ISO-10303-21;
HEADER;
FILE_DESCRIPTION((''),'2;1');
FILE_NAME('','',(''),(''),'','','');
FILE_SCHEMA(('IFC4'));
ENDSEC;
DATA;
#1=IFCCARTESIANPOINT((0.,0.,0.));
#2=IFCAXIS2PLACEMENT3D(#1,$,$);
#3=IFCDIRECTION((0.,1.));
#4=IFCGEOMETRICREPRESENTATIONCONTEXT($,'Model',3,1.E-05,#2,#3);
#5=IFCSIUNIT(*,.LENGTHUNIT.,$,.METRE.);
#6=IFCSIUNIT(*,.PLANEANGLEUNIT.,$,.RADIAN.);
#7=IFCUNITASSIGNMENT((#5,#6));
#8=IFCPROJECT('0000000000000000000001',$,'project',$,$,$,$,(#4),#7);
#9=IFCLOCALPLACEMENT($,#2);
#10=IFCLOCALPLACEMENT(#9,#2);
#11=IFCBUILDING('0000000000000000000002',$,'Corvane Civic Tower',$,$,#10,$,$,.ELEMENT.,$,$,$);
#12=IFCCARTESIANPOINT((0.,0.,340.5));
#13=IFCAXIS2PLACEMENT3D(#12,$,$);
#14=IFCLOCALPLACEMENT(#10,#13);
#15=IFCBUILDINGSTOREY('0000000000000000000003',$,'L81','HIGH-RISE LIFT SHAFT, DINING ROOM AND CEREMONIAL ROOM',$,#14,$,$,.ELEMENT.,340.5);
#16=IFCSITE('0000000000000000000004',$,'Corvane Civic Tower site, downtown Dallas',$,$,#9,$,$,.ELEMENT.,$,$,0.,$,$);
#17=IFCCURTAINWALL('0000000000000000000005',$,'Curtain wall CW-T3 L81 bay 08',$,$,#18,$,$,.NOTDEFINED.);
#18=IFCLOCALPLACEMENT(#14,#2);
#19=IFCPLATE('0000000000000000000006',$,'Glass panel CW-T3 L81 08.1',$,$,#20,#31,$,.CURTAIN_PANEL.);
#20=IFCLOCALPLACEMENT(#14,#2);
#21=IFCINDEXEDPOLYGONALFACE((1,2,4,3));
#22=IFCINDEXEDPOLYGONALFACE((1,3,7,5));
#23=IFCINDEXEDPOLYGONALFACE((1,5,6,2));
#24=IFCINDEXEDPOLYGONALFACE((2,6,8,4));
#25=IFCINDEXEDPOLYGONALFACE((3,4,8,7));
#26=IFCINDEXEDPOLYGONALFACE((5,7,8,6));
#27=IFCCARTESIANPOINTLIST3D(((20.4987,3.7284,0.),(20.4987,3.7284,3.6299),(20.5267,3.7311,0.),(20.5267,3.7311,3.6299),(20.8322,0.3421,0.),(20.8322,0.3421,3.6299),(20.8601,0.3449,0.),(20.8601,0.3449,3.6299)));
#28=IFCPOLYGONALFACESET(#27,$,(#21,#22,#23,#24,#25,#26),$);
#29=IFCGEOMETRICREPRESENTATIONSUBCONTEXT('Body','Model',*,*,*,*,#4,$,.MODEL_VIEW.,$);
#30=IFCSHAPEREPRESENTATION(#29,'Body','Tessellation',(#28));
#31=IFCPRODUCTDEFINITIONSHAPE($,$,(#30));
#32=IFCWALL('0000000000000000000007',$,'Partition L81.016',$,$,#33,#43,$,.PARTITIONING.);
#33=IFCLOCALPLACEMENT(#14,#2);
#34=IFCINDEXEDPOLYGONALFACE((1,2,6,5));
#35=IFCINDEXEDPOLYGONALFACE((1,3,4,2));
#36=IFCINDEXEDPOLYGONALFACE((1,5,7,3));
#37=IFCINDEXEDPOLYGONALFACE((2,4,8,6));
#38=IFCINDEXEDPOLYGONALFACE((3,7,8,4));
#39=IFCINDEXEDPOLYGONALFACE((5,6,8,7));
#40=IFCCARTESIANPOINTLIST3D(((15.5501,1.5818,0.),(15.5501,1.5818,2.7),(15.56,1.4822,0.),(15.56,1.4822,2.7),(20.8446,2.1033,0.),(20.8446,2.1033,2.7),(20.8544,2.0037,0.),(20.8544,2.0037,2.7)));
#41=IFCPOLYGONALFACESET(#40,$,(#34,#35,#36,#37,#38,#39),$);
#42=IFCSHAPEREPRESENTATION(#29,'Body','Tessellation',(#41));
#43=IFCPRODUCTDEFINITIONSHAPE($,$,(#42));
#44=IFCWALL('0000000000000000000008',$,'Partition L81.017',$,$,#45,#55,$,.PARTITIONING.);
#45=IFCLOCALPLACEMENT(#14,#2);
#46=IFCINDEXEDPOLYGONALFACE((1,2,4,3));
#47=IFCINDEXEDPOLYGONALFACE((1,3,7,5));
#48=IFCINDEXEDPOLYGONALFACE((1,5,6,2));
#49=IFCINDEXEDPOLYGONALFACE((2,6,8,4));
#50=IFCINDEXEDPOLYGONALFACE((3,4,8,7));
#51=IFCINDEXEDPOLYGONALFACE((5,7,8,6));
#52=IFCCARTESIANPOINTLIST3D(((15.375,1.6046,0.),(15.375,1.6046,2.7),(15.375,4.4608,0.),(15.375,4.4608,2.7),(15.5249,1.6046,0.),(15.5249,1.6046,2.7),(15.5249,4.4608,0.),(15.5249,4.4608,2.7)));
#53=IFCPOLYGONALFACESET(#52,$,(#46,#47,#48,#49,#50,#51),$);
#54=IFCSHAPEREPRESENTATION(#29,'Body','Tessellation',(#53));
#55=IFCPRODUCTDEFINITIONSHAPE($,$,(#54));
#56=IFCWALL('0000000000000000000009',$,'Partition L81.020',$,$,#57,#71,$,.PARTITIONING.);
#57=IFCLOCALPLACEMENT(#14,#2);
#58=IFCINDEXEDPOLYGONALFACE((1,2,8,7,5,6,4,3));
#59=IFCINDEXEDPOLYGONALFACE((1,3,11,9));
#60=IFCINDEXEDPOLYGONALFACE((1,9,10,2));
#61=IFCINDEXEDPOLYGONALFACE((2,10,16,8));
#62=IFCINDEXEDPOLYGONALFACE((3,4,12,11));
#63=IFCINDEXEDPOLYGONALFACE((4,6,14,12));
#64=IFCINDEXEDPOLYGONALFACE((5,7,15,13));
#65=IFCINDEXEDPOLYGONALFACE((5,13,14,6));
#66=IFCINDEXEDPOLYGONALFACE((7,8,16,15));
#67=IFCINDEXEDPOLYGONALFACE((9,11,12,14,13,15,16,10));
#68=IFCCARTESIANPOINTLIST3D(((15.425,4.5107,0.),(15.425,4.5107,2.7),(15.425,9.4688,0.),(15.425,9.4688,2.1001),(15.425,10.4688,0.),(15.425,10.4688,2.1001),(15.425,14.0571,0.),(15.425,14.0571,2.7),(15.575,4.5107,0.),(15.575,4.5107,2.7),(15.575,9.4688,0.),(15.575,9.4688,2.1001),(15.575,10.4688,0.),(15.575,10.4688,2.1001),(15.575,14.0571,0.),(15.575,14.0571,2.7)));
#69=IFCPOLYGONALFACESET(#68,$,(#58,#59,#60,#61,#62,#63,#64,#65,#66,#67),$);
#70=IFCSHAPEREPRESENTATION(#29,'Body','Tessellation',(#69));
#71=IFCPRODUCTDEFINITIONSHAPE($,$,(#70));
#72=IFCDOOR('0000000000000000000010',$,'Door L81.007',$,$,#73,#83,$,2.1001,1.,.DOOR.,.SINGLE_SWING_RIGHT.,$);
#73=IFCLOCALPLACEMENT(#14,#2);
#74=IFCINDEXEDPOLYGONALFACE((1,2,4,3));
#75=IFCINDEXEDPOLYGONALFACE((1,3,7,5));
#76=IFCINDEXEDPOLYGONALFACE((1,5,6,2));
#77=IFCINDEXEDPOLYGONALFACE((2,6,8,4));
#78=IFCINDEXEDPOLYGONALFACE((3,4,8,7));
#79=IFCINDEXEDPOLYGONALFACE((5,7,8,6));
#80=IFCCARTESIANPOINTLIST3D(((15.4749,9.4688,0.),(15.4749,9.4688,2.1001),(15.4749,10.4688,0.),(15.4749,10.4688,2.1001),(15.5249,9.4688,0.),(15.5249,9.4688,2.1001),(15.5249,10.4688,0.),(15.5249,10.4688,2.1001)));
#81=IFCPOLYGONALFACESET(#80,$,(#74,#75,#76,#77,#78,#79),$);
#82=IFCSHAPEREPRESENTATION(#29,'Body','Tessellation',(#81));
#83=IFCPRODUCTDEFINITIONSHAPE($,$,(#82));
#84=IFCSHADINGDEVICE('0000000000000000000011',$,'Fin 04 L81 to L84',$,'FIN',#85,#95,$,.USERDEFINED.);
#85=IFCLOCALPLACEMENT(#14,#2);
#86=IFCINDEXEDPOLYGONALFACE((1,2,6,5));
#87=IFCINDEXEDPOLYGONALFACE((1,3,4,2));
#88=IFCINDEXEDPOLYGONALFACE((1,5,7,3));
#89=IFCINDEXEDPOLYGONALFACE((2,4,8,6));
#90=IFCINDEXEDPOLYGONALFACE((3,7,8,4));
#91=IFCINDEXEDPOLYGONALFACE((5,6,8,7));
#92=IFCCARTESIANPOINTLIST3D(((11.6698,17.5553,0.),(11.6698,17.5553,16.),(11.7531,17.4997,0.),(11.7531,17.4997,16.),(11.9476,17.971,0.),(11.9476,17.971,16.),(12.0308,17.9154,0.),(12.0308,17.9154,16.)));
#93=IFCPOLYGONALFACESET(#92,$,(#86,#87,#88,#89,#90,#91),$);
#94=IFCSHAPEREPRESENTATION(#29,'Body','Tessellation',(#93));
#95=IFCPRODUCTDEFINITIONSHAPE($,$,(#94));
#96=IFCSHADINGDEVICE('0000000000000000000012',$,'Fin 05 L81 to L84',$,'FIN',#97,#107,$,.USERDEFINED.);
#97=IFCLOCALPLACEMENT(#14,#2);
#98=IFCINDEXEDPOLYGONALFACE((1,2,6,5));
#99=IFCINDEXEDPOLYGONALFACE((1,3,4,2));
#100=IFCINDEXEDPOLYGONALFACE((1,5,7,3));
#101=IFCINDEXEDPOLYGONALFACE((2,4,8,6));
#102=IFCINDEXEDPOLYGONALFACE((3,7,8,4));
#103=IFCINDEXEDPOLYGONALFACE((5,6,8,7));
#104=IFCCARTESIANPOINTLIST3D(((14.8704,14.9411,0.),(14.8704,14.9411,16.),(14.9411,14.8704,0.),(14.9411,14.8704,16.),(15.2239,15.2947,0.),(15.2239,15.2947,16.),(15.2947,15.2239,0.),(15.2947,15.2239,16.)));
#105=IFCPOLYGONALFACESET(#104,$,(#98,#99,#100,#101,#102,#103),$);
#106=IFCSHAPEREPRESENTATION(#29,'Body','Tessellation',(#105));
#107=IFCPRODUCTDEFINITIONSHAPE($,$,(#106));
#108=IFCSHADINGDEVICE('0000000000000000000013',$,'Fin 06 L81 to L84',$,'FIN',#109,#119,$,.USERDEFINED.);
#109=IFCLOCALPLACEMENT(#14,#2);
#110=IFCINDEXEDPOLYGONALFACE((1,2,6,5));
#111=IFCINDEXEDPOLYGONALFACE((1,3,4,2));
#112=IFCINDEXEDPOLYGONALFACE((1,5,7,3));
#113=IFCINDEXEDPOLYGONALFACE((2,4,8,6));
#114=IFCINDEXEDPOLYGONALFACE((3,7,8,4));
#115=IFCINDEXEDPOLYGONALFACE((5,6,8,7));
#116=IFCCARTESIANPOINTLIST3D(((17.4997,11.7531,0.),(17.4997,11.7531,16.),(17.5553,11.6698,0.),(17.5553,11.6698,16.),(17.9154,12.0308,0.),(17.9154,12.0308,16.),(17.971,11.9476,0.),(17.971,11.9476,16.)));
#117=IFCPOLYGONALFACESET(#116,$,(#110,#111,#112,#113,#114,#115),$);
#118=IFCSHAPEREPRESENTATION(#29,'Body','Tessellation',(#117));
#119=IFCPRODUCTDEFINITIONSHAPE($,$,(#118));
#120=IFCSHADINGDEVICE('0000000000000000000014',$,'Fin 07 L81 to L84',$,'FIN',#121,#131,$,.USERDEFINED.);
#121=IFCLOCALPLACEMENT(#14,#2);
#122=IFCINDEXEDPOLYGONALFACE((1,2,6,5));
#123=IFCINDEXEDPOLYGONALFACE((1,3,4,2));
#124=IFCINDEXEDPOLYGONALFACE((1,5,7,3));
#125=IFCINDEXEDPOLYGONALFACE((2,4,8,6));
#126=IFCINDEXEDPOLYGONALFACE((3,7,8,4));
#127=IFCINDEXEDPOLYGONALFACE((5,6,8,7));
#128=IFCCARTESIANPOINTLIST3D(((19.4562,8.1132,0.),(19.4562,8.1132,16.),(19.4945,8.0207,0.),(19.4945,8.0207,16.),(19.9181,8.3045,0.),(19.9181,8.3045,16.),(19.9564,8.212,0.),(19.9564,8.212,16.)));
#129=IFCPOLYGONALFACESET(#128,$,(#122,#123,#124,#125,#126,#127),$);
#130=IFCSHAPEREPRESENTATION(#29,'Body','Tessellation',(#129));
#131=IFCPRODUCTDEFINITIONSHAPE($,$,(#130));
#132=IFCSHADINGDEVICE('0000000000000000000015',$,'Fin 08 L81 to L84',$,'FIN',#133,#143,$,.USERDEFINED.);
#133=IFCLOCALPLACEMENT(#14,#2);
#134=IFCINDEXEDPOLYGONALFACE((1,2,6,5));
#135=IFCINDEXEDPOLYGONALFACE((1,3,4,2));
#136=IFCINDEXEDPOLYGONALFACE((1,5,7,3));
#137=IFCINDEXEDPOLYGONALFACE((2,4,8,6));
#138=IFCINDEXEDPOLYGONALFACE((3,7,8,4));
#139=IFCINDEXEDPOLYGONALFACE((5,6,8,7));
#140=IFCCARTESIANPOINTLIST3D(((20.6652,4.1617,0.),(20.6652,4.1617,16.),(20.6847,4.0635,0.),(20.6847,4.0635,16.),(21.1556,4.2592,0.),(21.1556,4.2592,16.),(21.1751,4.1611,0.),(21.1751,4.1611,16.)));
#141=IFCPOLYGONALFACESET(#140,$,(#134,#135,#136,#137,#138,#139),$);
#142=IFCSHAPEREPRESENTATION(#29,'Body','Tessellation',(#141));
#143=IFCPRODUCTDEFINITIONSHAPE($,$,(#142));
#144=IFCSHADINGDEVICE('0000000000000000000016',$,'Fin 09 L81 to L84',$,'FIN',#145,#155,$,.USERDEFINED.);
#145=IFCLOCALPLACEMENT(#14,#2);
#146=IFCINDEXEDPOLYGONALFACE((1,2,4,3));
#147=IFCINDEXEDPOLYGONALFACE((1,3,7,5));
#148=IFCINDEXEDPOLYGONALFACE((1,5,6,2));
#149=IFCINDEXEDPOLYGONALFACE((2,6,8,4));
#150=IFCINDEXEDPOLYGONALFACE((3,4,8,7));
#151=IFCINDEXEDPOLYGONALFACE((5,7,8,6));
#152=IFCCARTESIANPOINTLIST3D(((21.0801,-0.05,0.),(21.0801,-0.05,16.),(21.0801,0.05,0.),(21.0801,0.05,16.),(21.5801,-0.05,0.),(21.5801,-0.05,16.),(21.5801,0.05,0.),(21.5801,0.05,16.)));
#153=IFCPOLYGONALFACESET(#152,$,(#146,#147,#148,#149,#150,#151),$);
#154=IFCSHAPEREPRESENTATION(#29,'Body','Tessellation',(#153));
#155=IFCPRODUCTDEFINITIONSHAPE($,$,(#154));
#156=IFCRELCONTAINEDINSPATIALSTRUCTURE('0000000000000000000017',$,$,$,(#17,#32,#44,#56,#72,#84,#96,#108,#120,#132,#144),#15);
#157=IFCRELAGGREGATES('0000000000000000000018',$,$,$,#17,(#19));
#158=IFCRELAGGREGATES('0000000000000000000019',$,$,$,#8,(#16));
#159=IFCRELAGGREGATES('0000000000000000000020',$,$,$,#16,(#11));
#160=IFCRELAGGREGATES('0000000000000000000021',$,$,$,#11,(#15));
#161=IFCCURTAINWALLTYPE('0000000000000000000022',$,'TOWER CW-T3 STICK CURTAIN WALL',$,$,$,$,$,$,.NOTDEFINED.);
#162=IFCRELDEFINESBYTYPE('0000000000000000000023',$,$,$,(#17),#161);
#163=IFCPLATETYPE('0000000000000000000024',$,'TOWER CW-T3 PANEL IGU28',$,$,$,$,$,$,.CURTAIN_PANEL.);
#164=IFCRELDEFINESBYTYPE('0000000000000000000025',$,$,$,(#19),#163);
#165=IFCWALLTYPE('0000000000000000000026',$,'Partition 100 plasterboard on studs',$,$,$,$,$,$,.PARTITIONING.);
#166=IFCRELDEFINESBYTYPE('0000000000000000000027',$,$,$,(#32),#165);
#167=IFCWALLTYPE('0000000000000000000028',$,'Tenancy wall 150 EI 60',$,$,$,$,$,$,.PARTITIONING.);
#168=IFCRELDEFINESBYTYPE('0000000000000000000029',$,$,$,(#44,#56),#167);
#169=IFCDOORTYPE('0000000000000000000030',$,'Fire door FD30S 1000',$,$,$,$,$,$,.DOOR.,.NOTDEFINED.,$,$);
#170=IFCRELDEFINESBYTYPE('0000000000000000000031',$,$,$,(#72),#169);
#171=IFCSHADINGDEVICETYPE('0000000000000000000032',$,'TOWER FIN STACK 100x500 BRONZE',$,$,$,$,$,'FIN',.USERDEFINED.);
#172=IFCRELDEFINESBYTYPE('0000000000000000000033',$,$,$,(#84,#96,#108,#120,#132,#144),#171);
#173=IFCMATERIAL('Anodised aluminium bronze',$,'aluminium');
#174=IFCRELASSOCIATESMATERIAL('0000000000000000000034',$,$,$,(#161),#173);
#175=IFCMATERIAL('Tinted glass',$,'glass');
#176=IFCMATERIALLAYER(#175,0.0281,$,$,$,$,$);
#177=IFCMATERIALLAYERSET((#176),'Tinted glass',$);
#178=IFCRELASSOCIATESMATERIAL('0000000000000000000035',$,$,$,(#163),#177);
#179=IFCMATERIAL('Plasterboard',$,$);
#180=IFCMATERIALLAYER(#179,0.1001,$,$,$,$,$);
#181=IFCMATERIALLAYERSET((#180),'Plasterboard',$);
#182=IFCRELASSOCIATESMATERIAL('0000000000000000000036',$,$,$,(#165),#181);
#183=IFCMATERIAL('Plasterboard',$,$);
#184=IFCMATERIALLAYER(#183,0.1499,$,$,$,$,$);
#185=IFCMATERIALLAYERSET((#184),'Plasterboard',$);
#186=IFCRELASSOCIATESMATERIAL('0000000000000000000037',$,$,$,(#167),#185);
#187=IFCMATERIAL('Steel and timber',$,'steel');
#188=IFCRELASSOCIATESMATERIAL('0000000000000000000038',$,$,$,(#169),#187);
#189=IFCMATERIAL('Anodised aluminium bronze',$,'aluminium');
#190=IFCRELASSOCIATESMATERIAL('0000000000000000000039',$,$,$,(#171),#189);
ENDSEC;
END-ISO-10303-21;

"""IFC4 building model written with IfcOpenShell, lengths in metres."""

from ifc_helpers import new_model, si_unit, direction, frame, frame_2d, origin, origin_2d, place, context, subcontext, project, spatial, rectangle, extrude, material, layer, layer_set, material_profile, profile_set, type_object, element, fill, aggregate, save


model = new_model("IFC4")

# Units and contexts
model_context = context("Model", 3, precision=1e-05, world=origin(), true_north=direction((0.0, 1.0)))
body_context = subcontext(model_context, "Body", "Model", "MODEL_VIEW")
ifc_project = project(units=[si_unit("LENGTHUNIT", "METRE"), si_unit("PLANEANGLEUNIT", "RADIAN")], contexts=[model_context])

# Site, building, storey
site_placement = place(None, origin())
site = spatial("IfcSite", under=ifc_project, at=site_placement, Name="Corvane Civic Tower site, downtown Dallas", CompositionType="ELEMENT", RefElevation=0.0)
building_placement = place(site_placement, origin())
building = spatial("IfcBuilding", under=site, at=building_placement, Name="Corvane Civic Tower", CompositionType="ELEMENT")
storey_placement = place(building_placement, frame((0.0, 0.0, 340.5)))
storey = spatial("IfcBuildingStorey", under=building, at=storey_placement, Name="L81", Description="HIGH-RISE LIFT SHAFT, DINING ROOM AND CEREMONIAL ROOM", CompositionType="ELEMENT", Elevation=340.5)

# Curtain wall
ifc_material_1 = material(Name="Anodised aluminium bronze", Category="aluminium")
curtain_wall_type = type_object("IfcCurtainWallType", Name="TOWER CW-T3 STICK CURTAIN WALL", PredefinedType="NOTDEFINED", material=ifc_material_1)
curtain_wall_1_placement = place(storey_placement, origin())
curtain_wall_1 = element("IfcCurtainWall", 1, at=curtain_wall_1_placement, inside=storey, type_object=curtain_wall_type, Name="Curtain wall CW-T3 L81 bay 08", PredefinedType="NOTDEFINED")

# Plate
ifc_material_2 = material(Name="Tinted glass", Category="glass")
ifc_layer_1 = layer(ifc_material_2, 0.0281)
ifc_layer_set_1 = layer_set([ifc_layer_1], Name="Tinted glass")
plate_type = type_object("IfcPlateType", Name="TOWER CW-T3 PANEL IGU28", PredefinedType="CURTAIN_PANEL", material=ifc_layer_set_1)
plate_1_placement = place(storey_placement, frame((20.6794, 2.0366, 0.0), z_axis=(0.0, 0.0, 1.0), x_axis=(0.097998, -0.995187, 0.0)))
plate_1 = element("IfcPlate", 2, at=plate_1_placement, type_object=plate_type, Name="Glass panel CW-T3 L81 08.1", PredefinedType="CURTAIN_PANEL", context=body_context, shape_type="SweptSolid", body=[
    extrude(rectangle(XDim=3.4026, YDim=0.0281, at=origin_2d()), origin(), (0.0, 0.0, 1.0), 3.6299),
])
aggregate(curtain_wall_1, [plate_1])

# Walls
ifc_material_3 = material(Name="Plasterboard")
ifc_layer_2 = layer(ifc_material_3, 0.1001)
ifc_layer_set_2 = layer_set([ifc_layer_2], Name="Plasterboard")
wall_type_1 = type_object("IfcWallType", Name="Partition 100 plasterboard on studs", PredefinedType="PARTITIONING", material=ifc_layer_set_2)
wall_1_placement = place(storey_placement, frame((15.5549, 1.532, 0.0), z_axis=(0.0, 0.0, 1.0), x_axis=(0.995184, 0.098022, 0.0)))
element("IfcWall", 3, at=wall_1_placement, inside=storey, type_object=wall_type_1, Name="Partition L81.016", PredefinedType="PARTITIONING", context=body_context, shape_type="SweptSolid", body=[
    extrude(rectangle(XDim=5.3201, YDim=0.1001, at=frame_2d((2.6602, 0.0))), origin(), (0.0, 0.0, 1.0), 2.7),
])
ifc_material_4 = material(Name="Plasterboard")
ifc_layer_3 = layer(ifc_material_4, 0.1499)
ifc_layer_set_3 = layer_set([ifc_layer_3], Name="Plasterboard")
wall_type_2 = type_object("IfcWallType", Name="Tenancy wall 150 EI 60", PredefinedType="PARTITIONING", material=ifc_layer_set_3)
wall_2_placement = place(storey_placement, frame((15.45, 1.6045, 0.0), z_axis=(0.0, 0.0, 1.0), x_axis=(0.0, 1.0, 0.0)))
element("IfcWall", 4, at=wall_2_placement, inside=storey, type_object=wall_type_2, Name="Partition L81.017", PredefinedType="PARTITIONING", context=body_context, shape_type="SweptSolid", body=[
    extrude(rectangle(XDim=2.8562, YDim=0.1499, at=frame_2d((1.4282, 0.0))), origin(), (0.0, 0.0, 1.0), 2.7),
])

# Wall, opening, door
wall_3_placement = place(storey_placement, frame((15.5, 4.5107, 0.0), z_axis=(0.0, 0.0, 1.0), x_axis=(0.0, 1.0, 0.0)))
wall_3 = element("IfcWall", 5, at=wall_3_placement, inside=storey, type_object=wall_type_2, Name="Partition L81.020", PredefinedType="PARTITIONING", context=body_context, shape_type="SweptSolid", body=[
    extrude(rectangle(XDim=9.5464, YDim=0.1499, at=frame_2d((4.7732, 0.0))), origin(), (0.0, 0.0, 1.0), 2.7),
])
opening_placement = place(wall_3_placement, frame((4.958, 0.0, 0.0)))
opening = element("IfcOpeningElement", 6, at=opening_placement, cuts=wall_3, PredefinedType="OPENING", context=body_context, shape_type="SweptSolid", body=[
    extrude(rectangle(XDim=1.0, YDim=2.1001, at=frame_2d((0.5, 1.05))), frame((0.0, 0.085, 0.0), z_axis=(0.0, -1.0, 0.0), x_axis=(1.0, 0.0, 0.0)), (0.0, 0.0, 1.0), 0.1699),
])
ifc_material_5 = material(Name="Steel and timber", Category="steel")
door_type = type_object("IfcDoorType", Name="Fire door FD30S 1000", OperationType="NOTDEFINED", PredefinedType="DOOR", material=ifc_material_5)
door_placement = place(opening_placement, frame((1.0, 0.0, 0.0), z_axis=(0.0, 0.0, 1.0), x_axis=(-1.0, 0.0, 0.0)))
door = element("IfcDoor", 7, at=door_placement, inside=storey, type_object=door_type, Name="Door L81.007", OperationType="SINGLE_SWING_RIGHT", OverallHeight=2.1001, OverallWidth=1.0, PredefinedType="DOOR", context=body_context, shape_type="SweptSolid", body=[
    extrude(rectangle(XDim=1.0, YDim=2.1001, at=frame_2d((0.5, 1.05))), frame((0.0, 0.0249, 0.0), z_axis=(0.0, -1.0, 0.0), x_axis=(1.0, 0.0, 0.0)), (0.0, 0.0, 1.0), 0.05),
])
fill(opening, door)

# Shading devices
ifc_material_6 = material(Name="Anodised aluminium bronze", Category="aluminium")
ifc_material_profile_1 = material_profile(ifc_material_6, rectangle(XDim=0.1001, YDim=0.5, at=origin_2d()), Name="TOWER FIN STACK 100x500 BRONZE")
ifc_profile_set_1 = profile_set([ifc_material_profile_1], Name="Anodised aluminium bronze")
shading_device_type = type_object("IfcShadingDeviceType", Name="TOWER FIN STACK 100x500 BRONZE", ElementType="FIN", PredefinedType="USERDEFINED", material=ifc_profile_set_1)
for number, where, z_axis, x_axis, name in (
    (8, (11.8503, 17.7354, 0.0), (0.0, 0.0, 1.0), (0.83147, -0.55557, 0.0), "Fin 04 L81 to L84"),
    (9, (15.0825, 15.0825, 0.0), (0.0, 0.0, 1.0), (0.707107, -0.707107, 0.0), "Fin 05 L81 to L84"),
    (10, (17.7354, 11.8503, 0.0), (0.0, 0.0, 1.0), (0.55557, -0.83147, 0.0), "Fin 06 L81 to L84"),
    (11, (19.7063, 8.1626, 0.0), (0.0, 0.0, 1.0), (0.382683, -0.92388, 0.0), "Fin 07 L81 to L84"),
    (12, (20.9202, 4.1614, 0.0), (0.0, 0.0, 1.0), (0.19509, -0.980785, 0.0), "Fin 08 L81 to L84"),
    (13, (21.3301, 0.0, 0.0), (0.0, 0.0, 1.0), (0.0, -1.0, 0.0), "Fin 09 L81 to L84"),
):
    element("IfcShadingDevice", number, at=place(storey_placement, frame(where, z_axis=z_axis, x_axis=x_axis)), inside=storey, type_object=shading_device_type, Name=name, ObjectType="FIN", PredefinedType="USERDEFINED", context=body_context, shape_type="SweptSolid", body=[
        extrude(rectangle(XDim=0.1001, YDim=0.5, at=origin_2d()), origin(), (0.0, 0.0, 1.0), 16.0),
    ])

save(model, "model.ifc")
